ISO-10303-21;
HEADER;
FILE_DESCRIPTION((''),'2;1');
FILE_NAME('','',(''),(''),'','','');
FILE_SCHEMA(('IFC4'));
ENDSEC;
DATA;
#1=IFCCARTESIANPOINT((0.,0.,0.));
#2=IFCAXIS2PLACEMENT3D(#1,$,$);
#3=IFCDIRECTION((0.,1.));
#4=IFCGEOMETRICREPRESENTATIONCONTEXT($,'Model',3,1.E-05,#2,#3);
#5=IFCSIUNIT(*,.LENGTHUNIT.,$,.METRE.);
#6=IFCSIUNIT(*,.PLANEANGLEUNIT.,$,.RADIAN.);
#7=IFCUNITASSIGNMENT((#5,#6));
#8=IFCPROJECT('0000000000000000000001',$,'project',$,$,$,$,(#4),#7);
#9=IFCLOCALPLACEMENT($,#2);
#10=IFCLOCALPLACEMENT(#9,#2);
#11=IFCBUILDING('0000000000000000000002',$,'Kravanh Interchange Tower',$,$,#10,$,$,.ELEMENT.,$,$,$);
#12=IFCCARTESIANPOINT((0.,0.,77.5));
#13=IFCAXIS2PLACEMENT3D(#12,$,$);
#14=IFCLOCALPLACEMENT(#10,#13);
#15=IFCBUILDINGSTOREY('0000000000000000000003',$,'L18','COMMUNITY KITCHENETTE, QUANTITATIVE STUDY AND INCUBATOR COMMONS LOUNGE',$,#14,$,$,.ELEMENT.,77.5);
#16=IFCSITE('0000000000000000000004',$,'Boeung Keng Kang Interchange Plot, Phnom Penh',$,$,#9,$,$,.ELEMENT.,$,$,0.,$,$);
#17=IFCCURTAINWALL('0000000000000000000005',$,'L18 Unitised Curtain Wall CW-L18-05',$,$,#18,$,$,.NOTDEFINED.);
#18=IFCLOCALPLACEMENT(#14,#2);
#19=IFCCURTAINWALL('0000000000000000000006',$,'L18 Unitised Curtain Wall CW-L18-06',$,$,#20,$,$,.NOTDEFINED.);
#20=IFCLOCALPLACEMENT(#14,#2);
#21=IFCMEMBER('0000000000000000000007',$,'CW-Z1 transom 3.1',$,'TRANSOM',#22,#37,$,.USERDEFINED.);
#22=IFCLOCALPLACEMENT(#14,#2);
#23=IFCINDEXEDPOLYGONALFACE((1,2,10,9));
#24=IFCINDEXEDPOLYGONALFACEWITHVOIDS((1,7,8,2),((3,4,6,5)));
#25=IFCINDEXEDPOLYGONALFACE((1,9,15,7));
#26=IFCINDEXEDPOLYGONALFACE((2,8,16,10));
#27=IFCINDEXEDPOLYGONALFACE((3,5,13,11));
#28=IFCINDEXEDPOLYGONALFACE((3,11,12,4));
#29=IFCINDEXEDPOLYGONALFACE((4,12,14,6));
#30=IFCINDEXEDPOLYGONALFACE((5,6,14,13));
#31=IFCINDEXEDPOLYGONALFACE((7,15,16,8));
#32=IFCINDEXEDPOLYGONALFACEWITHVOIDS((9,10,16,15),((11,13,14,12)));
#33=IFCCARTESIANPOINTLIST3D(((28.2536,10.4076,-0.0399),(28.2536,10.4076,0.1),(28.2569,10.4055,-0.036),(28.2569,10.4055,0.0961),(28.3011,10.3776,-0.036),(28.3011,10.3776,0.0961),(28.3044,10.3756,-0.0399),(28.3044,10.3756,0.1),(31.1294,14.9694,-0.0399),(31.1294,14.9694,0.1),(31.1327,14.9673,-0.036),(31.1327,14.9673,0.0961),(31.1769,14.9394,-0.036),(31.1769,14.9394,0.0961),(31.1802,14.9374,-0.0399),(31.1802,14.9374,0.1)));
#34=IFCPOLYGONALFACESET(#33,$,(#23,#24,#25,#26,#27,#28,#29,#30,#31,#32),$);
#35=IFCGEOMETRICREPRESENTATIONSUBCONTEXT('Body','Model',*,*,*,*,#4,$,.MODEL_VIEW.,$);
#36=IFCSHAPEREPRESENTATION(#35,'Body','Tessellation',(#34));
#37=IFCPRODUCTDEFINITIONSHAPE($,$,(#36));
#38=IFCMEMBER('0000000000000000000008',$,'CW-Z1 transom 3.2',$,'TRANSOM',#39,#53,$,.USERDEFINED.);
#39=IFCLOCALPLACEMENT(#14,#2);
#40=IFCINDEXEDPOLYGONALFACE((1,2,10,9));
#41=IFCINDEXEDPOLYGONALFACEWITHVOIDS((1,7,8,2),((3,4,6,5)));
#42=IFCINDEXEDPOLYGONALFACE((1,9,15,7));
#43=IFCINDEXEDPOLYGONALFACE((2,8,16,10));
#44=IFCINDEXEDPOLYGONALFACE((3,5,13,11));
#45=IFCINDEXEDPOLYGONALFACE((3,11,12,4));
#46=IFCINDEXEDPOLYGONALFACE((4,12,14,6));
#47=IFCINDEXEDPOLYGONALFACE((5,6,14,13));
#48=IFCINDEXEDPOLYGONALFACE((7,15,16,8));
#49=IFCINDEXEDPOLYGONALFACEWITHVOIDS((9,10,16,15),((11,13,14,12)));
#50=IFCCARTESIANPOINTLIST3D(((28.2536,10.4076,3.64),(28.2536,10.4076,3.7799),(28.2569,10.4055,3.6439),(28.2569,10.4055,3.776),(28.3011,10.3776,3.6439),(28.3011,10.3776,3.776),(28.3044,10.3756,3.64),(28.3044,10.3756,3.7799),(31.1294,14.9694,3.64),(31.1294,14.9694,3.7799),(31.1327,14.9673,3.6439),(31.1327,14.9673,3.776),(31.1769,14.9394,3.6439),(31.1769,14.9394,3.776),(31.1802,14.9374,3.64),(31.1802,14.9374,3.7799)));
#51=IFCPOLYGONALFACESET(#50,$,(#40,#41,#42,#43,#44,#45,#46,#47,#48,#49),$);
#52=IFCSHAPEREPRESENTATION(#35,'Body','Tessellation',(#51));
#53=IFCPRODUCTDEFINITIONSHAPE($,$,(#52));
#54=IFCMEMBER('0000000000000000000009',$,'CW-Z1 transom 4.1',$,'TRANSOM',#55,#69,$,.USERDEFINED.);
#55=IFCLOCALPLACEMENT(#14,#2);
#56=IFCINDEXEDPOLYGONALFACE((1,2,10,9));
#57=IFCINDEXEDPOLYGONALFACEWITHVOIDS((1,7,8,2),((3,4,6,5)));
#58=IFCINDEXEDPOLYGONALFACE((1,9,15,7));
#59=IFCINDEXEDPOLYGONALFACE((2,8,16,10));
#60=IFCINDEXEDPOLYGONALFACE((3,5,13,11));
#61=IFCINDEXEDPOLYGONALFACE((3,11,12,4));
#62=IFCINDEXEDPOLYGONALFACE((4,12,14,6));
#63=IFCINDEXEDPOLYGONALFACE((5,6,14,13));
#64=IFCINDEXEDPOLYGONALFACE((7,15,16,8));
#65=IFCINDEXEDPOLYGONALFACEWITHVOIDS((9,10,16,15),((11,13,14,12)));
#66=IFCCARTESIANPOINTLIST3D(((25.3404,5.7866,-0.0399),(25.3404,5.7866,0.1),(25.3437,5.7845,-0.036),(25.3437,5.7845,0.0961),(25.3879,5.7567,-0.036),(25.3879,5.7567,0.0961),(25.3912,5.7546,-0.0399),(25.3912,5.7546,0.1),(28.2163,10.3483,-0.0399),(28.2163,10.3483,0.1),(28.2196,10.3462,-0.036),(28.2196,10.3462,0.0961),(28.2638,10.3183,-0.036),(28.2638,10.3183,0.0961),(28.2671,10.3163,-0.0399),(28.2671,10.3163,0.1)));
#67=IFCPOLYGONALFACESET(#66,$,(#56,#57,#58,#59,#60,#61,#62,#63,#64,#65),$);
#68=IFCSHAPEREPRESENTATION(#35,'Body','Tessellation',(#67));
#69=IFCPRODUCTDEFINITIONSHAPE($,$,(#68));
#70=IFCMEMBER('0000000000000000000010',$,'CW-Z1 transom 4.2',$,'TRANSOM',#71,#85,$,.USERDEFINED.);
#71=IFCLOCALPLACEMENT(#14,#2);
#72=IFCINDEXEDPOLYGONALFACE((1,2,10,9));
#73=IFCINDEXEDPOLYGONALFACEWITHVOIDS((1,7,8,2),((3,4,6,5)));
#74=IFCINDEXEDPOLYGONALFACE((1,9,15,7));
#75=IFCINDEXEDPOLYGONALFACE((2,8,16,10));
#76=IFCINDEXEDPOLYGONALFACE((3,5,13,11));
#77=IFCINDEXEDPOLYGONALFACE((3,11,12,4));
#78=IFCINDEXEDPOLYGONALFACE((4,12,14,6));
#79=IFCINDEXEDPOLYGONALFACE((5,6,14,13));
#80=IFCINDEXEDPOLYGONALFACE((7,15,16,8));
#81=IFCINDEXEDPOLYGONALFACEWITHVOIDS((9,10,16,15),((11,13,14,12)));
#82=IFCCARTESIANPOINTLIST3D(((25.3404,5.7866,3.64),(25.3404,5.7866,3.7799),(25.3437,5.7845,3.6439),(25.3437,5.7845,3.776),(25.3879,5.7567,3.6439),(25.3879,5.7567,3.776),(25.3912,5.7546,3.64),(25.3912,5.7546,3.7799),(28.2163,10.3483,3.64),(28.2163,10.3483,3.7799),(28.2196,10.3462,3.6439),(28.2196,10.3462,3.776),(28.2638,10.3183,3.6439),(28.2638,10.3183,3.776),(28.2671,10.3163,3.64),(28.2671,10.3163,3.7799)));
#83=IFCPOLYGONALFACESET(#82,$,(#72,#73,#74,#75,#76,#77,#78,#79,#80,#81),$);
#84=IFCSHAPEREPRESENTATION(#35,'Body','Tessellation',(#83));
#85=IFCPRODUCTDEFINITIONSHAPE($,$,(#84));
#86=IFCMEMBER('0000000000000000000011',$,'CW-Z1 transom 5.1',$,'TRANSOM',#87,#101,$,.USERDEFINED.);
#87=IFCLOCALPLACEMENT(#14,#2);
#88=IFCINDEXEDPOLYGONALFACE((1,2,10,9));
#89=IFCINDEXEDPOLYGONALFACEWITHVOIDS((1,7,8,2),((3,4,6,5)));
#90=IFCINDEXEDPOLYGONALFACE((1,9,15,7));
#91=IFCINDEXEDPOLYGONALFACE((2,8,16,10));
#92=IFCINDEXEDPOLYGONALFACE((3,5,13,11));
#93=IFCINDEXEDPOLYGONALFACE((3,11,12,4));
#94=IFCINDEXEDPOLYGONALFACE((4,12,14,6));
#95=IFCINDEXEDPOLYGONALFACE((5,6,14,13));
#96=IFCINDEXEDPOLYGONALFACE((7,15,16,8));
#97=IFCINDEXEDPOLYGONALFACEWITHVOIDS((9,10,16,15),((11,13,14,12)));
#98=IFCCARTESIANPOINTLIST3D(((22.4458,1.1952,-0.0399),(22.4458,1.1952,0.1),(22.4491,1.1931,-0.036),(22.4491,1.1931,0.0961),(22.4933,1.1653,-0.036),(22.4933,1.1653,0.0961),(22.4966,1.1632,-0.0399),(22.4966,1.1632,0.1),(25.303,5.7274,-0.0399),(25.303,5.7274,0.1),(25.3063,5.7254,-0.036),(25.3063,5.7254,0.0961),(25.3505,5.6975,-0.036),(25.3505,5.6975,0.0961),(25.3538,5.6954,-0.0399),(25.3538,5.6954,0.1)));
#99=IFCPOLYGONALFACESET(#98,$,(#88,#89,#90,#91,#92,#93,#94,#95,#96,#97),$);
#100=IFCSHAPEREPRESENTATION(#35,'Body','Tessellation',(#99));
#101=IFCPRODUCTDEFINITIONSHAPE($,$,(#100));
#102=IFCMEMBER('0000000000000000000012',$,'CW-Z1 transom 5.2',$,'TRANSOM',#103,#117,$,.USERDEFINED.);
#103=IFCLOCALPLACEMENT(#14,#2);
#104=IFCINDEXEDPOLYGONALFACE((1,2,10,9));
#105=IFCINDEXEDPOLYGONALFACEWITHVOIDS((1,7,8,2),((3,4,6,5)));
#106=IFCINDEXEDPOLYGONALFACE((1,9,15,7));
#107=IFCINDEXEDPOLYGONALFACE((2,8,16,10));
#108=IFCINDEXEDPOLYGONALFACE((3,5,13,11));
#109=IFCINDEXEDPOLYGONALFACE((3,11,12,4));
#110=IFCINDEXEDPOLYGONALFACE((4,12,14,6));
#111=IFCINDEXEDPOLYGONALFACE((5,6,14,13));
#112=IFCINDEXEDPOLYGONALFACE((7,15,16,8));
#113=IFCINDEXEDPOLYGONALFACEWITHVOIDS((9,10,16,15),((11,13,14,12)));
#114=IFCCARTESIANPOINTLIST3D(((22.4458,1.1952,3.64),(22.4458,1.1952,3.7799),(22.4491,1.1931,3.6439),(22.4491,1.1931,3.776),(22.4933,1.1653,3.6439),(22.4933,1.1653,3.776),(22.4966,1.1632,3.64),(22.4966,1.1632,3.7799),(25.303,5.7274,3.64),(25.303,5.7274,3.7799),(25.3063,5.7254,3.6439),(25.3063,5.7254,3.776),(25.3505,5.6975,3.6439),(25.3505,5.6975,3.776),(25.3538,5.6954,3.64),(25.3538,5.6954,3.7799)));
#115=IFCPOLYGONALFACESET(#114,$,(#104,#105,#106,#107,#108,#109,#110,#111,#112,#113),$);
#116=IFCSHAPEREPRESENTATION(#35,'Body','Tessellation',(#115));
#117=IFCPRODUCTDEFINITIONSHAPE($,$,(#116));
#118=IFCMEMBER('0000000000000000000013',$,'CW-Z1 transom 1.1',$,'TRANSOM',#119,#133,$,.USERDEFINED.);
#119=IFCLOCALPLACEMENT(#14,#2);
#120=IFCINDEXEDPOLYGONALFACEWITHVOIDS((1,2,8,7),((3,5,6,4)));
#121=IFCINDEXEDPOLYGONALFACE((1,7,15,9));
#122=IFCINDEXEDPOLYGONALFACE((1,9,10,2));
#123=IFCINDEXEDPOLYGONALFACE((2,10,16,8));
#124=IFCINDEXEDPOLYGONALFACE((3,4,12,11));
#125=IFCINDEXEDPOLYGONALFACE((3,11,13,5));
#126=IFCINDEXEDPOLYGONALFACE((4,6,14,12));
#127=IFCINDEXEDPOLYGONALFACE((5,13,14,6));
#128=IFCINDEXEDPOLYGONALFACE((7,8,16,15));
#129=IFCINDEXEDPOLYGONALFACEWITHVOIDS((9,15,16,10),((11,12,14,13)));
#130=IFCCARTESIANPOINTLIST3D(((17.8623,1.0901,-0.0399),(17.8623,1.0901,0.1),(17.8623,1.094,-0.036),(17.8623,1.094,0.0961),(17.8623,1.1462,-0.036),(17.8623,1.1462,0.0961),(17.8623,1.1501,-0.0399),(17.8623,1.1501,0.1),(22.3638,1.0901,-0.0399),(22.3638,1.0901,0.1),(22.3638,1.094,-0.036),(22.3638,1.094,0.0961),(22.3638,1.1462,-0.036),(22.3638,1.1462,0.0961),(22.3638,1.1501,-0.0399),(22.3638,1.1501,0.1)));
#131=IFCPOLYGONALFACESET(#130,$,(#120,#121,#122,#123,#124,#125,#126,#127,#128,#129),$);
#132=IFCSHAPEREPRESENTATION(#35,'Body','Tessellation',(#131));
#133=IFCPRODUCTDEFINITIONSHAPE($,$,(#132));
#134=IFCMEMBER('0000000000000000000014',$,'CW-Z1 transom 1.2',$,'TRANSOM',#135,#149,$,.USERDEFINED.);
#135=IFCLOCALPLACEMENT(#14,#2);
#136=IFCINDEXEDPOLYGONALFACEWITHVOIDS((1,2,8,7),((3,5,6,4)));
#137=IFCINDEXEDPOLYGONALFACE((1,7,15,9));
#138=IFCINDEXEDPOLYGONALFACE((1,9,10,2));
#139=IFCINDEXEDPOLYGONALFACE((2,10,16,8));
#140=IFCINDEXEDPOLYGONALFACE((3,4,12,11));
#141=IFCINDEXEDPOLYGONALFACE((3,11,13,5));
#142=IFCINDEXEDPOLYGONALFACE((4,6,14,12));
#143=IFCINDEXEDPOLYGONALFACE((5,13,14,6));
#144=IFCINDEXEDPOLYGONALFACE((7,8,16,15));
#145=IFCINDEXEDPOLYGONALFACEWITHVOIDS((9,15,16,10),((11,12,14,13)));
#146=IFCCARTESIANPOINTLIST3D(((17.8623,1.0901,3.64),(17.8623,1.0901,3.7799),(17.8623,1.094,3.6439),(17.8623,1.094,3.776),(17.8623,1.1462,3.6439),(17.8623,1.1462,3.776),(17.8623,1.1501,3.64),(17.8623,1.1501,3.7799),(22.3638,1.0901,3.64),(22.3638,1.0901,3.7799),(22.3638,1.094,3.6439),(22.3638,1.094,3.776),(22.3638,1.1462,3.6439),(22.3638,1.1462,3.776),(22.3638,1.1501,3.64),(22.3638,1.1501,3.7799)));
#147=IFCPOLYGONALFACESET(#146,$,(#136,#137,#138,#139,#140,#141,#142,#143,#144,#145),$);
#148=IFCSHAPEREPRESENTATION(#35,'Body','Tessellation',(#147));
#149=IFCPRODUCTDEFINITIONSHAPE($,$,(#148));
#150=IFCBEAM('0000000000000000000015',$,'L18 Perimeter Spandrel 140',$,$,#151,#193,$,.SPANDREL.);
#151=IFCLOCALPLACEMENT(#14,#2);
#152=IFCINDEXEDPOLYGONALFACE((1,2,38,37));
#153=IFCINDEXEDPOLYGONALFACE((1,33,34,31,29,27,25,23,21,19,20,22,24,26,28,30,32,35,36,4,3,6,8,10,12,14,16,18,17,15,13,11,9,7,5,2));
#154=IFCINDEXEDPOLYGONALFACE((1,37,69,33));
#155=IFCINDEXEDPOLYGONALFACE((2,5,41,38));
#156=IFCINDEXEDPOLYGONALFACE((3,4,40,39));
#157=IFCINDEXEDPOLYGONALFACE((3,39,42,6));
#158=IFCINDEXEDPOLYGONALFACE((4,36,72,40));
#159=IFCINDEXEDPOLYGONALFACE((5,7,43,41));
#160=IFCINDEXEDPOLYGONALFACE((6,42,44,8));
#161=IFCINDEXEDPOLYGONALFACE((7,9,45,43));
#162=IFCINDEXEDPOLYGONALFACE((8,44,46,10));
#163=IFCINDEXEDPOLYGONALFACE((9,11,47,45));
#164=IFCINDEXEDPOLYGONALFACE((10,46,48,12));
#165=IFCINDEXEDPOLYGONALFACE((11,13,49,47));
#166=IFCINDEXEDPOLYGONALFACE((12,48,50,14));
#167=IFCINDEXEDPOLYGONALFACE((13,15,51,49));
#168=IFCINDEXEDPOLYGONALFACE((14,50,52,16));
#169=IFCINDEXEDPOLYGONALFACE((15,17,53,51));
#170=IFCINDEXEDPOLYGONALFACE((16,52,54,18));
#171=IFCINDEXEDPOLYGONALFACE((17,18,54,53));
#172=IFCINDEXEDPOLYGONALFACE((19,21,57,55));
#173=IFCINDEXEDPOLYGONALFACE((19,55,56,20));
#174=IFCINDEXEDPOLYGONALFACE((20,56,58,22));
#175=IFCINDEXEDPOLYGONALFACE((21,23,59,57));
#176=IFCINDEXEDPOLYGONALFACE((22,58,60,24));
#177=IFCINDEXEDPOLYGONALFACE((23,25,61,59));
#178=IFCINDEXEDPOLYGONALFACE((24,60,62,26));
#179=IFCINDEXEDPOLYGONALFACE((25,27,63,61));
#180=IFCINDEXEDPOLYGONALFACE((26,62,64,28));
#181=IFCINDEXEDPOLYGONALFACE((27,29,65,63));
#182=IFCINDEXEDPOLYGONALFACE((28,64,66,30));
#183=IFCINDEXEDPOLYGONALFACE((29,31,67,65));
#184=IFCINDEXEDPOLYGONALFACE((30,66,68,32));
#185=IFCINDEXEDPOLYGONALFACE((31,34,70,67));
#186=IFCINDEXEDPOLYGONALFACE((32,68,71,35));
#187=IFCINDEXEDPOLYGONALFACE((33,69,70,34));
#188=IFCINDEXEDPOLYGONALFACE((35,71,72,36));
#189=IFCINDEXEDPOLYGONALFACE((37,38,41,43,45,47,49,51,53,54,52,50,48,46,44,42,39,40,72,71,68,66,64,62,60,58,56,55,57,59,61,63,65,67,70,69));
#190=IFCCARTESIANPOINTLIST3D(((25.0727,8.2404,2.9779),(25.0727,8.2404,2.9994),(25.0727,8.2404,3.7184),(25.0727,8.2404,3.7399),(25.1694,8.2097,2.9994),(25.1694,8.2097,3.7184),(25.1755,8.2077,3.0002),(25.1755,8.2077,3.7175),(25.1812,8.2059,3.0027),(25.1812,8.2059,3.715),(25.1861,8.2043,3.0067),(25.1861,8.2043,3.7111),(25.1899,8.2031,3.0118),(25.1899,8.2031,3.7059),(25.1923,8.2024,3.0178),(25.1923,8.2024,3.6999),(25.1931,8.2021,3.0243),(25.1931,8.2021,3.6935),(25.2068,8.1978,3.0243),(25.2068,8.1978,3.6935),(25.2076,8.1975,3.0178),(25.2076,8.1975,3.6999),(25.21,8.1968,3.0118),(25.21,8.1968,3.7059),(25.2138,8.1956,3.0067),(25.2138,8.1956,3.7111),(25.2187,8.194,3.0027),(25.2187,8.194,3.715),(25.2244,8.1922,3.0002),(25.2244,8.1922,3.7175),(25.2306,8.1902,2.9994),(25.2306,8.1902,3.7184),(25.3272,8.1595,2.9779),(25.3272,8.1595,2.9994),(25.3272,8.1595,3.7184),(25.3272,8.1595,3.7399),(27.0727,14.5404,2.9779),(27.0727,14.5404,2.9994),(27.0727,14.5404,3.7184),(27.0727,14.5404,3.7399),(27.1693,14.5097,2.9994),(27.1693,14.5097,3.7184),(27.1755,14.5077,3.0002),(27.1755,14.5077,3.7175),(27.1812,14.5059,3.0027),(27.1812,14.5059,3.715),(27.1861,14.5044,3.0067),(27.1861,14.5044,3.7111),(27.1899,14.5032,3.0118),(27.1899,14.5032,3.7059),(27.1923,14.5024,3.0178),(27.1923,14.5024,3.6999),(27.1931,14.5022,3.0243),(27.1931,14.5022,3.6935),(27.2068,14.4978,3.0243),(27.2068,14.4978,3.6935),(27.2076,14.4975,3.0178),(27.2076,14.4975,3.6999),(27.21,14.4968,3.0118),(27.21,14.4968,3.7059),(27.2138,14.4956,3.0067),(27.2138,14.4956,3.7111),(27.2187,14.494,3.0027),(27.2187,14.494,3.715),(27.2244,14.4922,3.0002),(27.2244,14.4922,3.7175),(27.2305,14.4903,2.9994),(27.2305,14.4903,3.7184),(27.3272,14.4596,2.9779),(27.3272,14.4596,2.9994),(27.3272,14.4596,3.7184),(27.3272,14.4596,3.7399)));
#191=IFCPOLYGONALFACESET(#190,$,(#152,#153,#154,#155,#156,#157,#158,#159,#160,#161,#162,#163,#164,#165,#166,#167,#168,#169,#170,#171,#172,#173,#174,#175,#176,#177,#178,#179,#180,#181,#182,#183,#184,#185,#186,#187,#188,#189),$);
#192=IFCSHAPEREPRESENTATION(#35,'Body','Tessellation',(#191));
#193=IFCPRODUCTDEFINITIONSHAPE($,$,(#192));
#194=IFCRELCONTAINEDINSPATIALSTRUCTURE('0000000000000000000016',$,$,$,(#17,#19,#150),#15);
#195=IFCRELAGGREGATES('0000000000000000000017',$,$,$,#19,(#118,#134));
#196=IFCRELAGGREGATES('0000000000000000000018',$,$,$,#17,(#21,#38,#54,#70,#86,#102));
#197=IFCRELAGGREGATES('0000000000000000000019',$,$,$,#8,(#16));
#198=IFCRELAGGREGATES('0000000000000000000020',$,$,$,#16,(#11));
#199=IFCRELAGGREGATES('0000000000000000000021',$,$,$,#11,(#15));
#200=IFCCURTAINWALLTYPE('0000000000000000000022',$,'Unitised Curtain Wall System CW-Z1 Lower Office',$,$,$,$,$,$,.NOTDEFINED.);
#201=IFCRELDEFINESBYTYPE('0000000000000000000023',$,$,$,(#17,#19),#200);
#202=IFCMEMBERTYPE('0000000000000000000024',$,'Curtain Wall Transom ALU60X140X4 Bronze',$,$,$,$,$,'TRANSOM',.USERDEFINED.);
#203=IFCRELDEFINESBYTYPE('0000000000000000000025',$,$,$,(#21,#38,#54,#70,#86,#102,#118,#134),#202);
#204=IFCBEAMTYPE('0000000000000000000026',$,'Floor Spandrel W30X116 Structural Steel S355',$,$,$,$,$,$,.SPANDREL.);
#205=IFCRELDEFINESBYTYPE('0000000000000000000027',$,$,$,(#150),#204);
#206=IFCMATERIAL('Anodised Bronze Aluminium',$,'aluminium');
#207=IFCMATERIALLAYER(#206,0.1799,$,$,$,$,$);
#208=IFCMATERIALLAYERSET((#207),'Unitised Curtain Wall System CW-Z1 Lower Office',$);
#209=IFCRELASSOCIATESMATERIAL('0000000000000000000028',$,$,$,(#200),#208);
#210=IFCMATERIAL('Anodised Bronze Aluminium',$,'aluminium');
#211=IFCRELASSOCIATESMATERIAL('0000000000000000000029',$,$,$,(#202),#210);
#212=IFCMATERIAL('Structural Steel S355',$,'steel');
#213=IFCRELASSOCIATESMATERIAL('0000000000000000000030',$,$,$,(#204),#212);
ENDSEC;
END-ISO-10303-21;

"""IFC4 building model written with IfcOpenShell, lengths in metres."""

from ifc_helpers import new_model, si_unit, direction, frame, origin, origin_2d, place, context, subcontext, project, spatial, hollow_rectangle, i_section, extrude, material, layer, layer_set, material_profile, profile_set, type_object, element, aggregate, save


model = new_model("IFC4")

# Units and contexts
model_context = context("Model", 3, precision=1e-05, world=origin(), true_north=direction((0.0, 1.0)))
body_context = subcontext(model_context, "Body", "Model", "MODEL_VIEW")
ifc_project = project(units=[si_unit("LENGTHUNIT", "METRE"), si_unit("PLANEANGLEUNIT", "RADIAN")], contexts=[model_context])

# Site, building, storey
site_placement = place(None, origin())
site = spatial("IfcSite", under=ifc_project, at=site_placement, Name="Boeung Keng Kang Interchange Plot, Phnom Penh", CompositionType="ELEMENT", RefElevation=0.0)
building_placement = place(site_placement, origin())
building = spatial("IfcBuilding", under=site, at=building_placement, Name="Kravanh Interchange Tower", CompositionType="ELEMENT")
storey_placement = place(building_placement, frame((0.0, 0.0, 77.5)))
storey = spatial("IfcBuildingStorey", under=building, at=storey_placement, Name="L18", Description="COMMUNITY KITCHENETTE, QUANTITATIVE STUDY AND INCUBATOR COMMONS LOUNGE", CompositionType="ELEMENT", Elevation=77.5)

# Curtain wall
ifc_material_1 = material(Name="Anodised Bronze Aluminium", Category="aluminium")
ifc_layer_1 = layer(ifc_material_1, 0.1799)
ifc_layer_set_1 = layer_set([ifc_layer_1], Name="Unitised Curtain Wall System CW-Z1 Lower Office")
curtain_wall_type = type_object("IfcCurtainWallType", Name="Unitised Curtain Wall System CW-Z1 Lower Office", PredefinedType="NOTDEFINED", material=ifc_layer_set_1)
curtain_wall_1_placement = place(storey_placement, origin())
curtain_wall_1 = element("IfcCurtainWall", 1, at=curtain_wall_1_placement, inside=storey, type_object=curtain_wall_type, Name="L18 Unitised Curtain Wall CW-L18-05", PredefinedType="NOTDEFINED")

# Curtain wall
curtain_wall_2_placement = place(storey_placement, origin())
curtain_wall_2 = element("IfcCurtainWall", 2, at=curtain_wall_2_placement, inside=storey, type_object=curtain_wall_type, Name="L18 Unitised Curtain Wall CW-L18-06", PredefinedType="NOTDEFINED")

# Members
ifc_material_2 = material(Name="Anodised Bronze Aluminium", Category="aluminium")
ifc_material_profile_1 = material_profile(ifc_material_2, hollow_rectangle(XDim=0.0601, YDim=0.1399, WallThickness=0.0039, at=origin_2d()), Name="ALU60X140X4")
ifc_profile_set_1 = profile_set([ifc_material_profile_1], Name="Anodised Bronze Aluminium")
member_type_1 = type_object("IfcMemberType", Name="Curtain Wall Transom ALU60X140X4 Bronze", ElementType="TRANSOM", PredefinedType="USERDEFINED", material=ifc_profile_set_1)
member_1_placement = place(storey_placement, frame((31.1548, 14.9534, 0.03), z_axis=(-0.533279, -0.845939, 0.0), x_axis=(0.845939, -0.533279, 0.0)))
member_1 = element("IfcMember", 3, at=member_1_placement, type_object=member_type_1, Name="CW-Z1 transom 3.1", ObjectType="TRANSOM", PredefinedType="USERDEFINED", context=body_context, shape_type="SweptSolid", body=[
    extrude(hollow_rectangle(XDim=0.0601, YDim=0.1399, WallThickness=0.0039, at=origin_2d()), origin(), (0.0, 0.0, 1.0), 5.3926),
])
member_2_placement = place(storey_placement, frame((31.1548, 14.9534, 3.71), z_axis=(-0.533279, -0.845939, 0.0), x_axis=(0.845939, -0.533279, 0.0)))
member_2 = element("IfcMember", 4, at=member_2_placement, type_object=member_type_1, Name="CW-Z1 transom 3.2", ObjectType="TRANSOM", PredefinedType="USERDEFINED", context=body_context, shape_type="SweptSolid", body=[
    extrude(hollow_rectangle(XDim=0.0601, YDim=0.1399, WallThickness=0.0039, at=origin_2d()), origin(), (0.0, 0.0, 1.0), 5.3926),
])
member_3_placement = place(storey_placement, frame((28.2417, 10.3323, 0.03), z_axis=(-0.533311, -0.845919, 0.0), x_axis=(0.845919, -0.533311, 0.0)))
member_3 = element("IfcMember", 5, at=member_3_placement, type_object=member_type_1, Name="CW-Z1 transom 4.1", ObjectType="TRANSOM", PredefinedType="USERDEFINED", context=body_context, shape_type="SweptSolid", body=[
    extrude(hollow_rectangle(XDim=0.0601, YDim=0.1399, WallThickness=0.0039, at=origin_2d()), origin(), (0.0, 0.0, 1.0), 5.3926),
])
member_4_placement = place(storey_placement, frame((28.2417, 10.3323, 3.71), z_axis=(-0.533311, -0.845919, 0.0), x_axis=(0.845919, -0.533311, 0.0)))
member_4 = element("IfcMember", 6, at=member_4_placement, type_object=member_type_1, Name="CW-Z1 transom 4.2", ObjectType="TRANSOM", PredefinedType="USERDEFINED", context=body_context, shape_type="SweptSolid", body=[
    extrude(hollow_rectangle(XDim=0.0601, YDim=0.1399, WallThickness=0.0039, at=origin_2d()), origin(), (0.0, 0.0, 1.0), 5.3926),
])
member_5_placement = place(storey_placement, frame((25.3284, 5.7114, 0.03), z_axis=(-0.533288, -0.845934, 0.0), x_axis=(0.845934, -0.533288, 0.0)))
member_5 = element("IfcMember", 7, at=member_5_placement, type_object=member_type_1, Name="CW-Z1 transom 5.1", ObjectType="TRANSOM", PredefinedType="USERDEFINED", context=body_context, shape_type="SweptSolid", body=[
    extrude(hollow_rectangle(XDim=0.0601, YDim=0.1399, WallThickness=0.0039, at=origin_2d()), origin(), (0.0, 0.0, 1.0), 5.3577),
])
member_6_placement = place(storey_placement, frame((25.3284, 5.7114, 3.71), z_axis=(-0.533288, -0.845934, 0.0), x_axis=(0.845934, -0.533288, 0.0)))
member_6 = element("IfcMember", 8, at=member_6_placement, type_object=member_type_1, Name="CW-Z1 transom 5.2", ObjectType="TRANSOM", PredefinedType="USERDEFINED", context=body_context, shape_type="SweptSolid", body=[
    extrude(hollow_rectangle(XDim=0.0601, YDim=0.1399, WallThickness=0.0039, at=origin_2d()), origin(), (0.0, 0.0, 1.0), 5.3577),
])
member_7_placement = place(storey_placement, frame((22.3638, 1.1201, 0.03), z_axis=(-1.0, 0.0, 0.0), x_axis=(0.0, -1.0, 0.0)))
member_7 = element("IfcMember", 9, at=member_7_placement, type_object=member_type_1, Name="CW-Z1 transom 1.1", ObjectType="TRANSOM", PredefinedType="USERDEFINED", context=body_context, shape_type="SweptSolid", body=[
    extrude(hollow_rectangle(XDim=0.0601, YDim=0.1399, WallThickness=0.0039, at=origin_2d()), origin(), (0.0, 0.0, 1.0), 4.5015),
])
member_8_placement = place(storey_placement, frame((22.3638, 1.1201, 3.71), z_axis=(-1.0, 0.0, 0.0), x_axis=(0.0, -1.0, 0.0)))
member_8 = element("IfcMember", 10, at=member_8_placement, type_object=member_type_1, Name="CW-Z1 transom 1.2", ObjectType="TRANSOM", PredefinedType="USERDEFINED", context=body_context, shape_type="SweptSolid", body=[
    extrude(hollow_rectangle(XDim=0.0601, YDim=0.1399, WallThickness=0.0039, at=origin_2d()), origin(), (0.0, 0.0, 1.0), 4.5015),
])
aggregate(curtain_wall_2, [member_7, member_8])

# Beam
ifc_material_3 = material(Name="Structural Steel S355", Category="steel")
ifc_material_profile_2 = material_profile(ifc_material_3, i_section(OverallWidth=0.2671, OverallDepth=0.762, WebThickness=0.0144, FlangeThickness=0.0215, FilletRadius=0.0249, at=origin_2d()), Name="W30X116")
ifc_profile_set_2 = profile_set([ifc_material_profile_2], Name="Structural Steel S355")
beam_type = type_object("IfcBeamType", Name="Floor Spandrel W30X116 Structural Steel S355", PredefinedType="SPANDREL", material=ifc_profile_set_2)
beam_1_placement = place(storey_placement, frame((25.2, 8.2, 3.3589), z_axis=(0.302577, 0.953125, 0.0), x_axis=(-0.953125, 0.302577, 0.0)))
element("IfcBeam", 11, at=beam_1_placement, inside=storey, type_object=beam_type, Name="L18 Perimeter Spandrel 140", PredefinedType="SPANDREL", context=body_context, shape_type="SweptSolid", body=[
    extrude(i_section(OverallWidth=0.2671, OverallDepth=0.762, WebThickness=0.0144, FlangeThickness=0.0215, FilletRadius=0.0249, at=origin_2d()), origin(), (0.0, 0.0, 1.0), 6.6099),
])

aggregate(curtain_wall_1, [member_1, member_2, member_3, member_4, member_5, member_6])

save(model, "model.ifc")
